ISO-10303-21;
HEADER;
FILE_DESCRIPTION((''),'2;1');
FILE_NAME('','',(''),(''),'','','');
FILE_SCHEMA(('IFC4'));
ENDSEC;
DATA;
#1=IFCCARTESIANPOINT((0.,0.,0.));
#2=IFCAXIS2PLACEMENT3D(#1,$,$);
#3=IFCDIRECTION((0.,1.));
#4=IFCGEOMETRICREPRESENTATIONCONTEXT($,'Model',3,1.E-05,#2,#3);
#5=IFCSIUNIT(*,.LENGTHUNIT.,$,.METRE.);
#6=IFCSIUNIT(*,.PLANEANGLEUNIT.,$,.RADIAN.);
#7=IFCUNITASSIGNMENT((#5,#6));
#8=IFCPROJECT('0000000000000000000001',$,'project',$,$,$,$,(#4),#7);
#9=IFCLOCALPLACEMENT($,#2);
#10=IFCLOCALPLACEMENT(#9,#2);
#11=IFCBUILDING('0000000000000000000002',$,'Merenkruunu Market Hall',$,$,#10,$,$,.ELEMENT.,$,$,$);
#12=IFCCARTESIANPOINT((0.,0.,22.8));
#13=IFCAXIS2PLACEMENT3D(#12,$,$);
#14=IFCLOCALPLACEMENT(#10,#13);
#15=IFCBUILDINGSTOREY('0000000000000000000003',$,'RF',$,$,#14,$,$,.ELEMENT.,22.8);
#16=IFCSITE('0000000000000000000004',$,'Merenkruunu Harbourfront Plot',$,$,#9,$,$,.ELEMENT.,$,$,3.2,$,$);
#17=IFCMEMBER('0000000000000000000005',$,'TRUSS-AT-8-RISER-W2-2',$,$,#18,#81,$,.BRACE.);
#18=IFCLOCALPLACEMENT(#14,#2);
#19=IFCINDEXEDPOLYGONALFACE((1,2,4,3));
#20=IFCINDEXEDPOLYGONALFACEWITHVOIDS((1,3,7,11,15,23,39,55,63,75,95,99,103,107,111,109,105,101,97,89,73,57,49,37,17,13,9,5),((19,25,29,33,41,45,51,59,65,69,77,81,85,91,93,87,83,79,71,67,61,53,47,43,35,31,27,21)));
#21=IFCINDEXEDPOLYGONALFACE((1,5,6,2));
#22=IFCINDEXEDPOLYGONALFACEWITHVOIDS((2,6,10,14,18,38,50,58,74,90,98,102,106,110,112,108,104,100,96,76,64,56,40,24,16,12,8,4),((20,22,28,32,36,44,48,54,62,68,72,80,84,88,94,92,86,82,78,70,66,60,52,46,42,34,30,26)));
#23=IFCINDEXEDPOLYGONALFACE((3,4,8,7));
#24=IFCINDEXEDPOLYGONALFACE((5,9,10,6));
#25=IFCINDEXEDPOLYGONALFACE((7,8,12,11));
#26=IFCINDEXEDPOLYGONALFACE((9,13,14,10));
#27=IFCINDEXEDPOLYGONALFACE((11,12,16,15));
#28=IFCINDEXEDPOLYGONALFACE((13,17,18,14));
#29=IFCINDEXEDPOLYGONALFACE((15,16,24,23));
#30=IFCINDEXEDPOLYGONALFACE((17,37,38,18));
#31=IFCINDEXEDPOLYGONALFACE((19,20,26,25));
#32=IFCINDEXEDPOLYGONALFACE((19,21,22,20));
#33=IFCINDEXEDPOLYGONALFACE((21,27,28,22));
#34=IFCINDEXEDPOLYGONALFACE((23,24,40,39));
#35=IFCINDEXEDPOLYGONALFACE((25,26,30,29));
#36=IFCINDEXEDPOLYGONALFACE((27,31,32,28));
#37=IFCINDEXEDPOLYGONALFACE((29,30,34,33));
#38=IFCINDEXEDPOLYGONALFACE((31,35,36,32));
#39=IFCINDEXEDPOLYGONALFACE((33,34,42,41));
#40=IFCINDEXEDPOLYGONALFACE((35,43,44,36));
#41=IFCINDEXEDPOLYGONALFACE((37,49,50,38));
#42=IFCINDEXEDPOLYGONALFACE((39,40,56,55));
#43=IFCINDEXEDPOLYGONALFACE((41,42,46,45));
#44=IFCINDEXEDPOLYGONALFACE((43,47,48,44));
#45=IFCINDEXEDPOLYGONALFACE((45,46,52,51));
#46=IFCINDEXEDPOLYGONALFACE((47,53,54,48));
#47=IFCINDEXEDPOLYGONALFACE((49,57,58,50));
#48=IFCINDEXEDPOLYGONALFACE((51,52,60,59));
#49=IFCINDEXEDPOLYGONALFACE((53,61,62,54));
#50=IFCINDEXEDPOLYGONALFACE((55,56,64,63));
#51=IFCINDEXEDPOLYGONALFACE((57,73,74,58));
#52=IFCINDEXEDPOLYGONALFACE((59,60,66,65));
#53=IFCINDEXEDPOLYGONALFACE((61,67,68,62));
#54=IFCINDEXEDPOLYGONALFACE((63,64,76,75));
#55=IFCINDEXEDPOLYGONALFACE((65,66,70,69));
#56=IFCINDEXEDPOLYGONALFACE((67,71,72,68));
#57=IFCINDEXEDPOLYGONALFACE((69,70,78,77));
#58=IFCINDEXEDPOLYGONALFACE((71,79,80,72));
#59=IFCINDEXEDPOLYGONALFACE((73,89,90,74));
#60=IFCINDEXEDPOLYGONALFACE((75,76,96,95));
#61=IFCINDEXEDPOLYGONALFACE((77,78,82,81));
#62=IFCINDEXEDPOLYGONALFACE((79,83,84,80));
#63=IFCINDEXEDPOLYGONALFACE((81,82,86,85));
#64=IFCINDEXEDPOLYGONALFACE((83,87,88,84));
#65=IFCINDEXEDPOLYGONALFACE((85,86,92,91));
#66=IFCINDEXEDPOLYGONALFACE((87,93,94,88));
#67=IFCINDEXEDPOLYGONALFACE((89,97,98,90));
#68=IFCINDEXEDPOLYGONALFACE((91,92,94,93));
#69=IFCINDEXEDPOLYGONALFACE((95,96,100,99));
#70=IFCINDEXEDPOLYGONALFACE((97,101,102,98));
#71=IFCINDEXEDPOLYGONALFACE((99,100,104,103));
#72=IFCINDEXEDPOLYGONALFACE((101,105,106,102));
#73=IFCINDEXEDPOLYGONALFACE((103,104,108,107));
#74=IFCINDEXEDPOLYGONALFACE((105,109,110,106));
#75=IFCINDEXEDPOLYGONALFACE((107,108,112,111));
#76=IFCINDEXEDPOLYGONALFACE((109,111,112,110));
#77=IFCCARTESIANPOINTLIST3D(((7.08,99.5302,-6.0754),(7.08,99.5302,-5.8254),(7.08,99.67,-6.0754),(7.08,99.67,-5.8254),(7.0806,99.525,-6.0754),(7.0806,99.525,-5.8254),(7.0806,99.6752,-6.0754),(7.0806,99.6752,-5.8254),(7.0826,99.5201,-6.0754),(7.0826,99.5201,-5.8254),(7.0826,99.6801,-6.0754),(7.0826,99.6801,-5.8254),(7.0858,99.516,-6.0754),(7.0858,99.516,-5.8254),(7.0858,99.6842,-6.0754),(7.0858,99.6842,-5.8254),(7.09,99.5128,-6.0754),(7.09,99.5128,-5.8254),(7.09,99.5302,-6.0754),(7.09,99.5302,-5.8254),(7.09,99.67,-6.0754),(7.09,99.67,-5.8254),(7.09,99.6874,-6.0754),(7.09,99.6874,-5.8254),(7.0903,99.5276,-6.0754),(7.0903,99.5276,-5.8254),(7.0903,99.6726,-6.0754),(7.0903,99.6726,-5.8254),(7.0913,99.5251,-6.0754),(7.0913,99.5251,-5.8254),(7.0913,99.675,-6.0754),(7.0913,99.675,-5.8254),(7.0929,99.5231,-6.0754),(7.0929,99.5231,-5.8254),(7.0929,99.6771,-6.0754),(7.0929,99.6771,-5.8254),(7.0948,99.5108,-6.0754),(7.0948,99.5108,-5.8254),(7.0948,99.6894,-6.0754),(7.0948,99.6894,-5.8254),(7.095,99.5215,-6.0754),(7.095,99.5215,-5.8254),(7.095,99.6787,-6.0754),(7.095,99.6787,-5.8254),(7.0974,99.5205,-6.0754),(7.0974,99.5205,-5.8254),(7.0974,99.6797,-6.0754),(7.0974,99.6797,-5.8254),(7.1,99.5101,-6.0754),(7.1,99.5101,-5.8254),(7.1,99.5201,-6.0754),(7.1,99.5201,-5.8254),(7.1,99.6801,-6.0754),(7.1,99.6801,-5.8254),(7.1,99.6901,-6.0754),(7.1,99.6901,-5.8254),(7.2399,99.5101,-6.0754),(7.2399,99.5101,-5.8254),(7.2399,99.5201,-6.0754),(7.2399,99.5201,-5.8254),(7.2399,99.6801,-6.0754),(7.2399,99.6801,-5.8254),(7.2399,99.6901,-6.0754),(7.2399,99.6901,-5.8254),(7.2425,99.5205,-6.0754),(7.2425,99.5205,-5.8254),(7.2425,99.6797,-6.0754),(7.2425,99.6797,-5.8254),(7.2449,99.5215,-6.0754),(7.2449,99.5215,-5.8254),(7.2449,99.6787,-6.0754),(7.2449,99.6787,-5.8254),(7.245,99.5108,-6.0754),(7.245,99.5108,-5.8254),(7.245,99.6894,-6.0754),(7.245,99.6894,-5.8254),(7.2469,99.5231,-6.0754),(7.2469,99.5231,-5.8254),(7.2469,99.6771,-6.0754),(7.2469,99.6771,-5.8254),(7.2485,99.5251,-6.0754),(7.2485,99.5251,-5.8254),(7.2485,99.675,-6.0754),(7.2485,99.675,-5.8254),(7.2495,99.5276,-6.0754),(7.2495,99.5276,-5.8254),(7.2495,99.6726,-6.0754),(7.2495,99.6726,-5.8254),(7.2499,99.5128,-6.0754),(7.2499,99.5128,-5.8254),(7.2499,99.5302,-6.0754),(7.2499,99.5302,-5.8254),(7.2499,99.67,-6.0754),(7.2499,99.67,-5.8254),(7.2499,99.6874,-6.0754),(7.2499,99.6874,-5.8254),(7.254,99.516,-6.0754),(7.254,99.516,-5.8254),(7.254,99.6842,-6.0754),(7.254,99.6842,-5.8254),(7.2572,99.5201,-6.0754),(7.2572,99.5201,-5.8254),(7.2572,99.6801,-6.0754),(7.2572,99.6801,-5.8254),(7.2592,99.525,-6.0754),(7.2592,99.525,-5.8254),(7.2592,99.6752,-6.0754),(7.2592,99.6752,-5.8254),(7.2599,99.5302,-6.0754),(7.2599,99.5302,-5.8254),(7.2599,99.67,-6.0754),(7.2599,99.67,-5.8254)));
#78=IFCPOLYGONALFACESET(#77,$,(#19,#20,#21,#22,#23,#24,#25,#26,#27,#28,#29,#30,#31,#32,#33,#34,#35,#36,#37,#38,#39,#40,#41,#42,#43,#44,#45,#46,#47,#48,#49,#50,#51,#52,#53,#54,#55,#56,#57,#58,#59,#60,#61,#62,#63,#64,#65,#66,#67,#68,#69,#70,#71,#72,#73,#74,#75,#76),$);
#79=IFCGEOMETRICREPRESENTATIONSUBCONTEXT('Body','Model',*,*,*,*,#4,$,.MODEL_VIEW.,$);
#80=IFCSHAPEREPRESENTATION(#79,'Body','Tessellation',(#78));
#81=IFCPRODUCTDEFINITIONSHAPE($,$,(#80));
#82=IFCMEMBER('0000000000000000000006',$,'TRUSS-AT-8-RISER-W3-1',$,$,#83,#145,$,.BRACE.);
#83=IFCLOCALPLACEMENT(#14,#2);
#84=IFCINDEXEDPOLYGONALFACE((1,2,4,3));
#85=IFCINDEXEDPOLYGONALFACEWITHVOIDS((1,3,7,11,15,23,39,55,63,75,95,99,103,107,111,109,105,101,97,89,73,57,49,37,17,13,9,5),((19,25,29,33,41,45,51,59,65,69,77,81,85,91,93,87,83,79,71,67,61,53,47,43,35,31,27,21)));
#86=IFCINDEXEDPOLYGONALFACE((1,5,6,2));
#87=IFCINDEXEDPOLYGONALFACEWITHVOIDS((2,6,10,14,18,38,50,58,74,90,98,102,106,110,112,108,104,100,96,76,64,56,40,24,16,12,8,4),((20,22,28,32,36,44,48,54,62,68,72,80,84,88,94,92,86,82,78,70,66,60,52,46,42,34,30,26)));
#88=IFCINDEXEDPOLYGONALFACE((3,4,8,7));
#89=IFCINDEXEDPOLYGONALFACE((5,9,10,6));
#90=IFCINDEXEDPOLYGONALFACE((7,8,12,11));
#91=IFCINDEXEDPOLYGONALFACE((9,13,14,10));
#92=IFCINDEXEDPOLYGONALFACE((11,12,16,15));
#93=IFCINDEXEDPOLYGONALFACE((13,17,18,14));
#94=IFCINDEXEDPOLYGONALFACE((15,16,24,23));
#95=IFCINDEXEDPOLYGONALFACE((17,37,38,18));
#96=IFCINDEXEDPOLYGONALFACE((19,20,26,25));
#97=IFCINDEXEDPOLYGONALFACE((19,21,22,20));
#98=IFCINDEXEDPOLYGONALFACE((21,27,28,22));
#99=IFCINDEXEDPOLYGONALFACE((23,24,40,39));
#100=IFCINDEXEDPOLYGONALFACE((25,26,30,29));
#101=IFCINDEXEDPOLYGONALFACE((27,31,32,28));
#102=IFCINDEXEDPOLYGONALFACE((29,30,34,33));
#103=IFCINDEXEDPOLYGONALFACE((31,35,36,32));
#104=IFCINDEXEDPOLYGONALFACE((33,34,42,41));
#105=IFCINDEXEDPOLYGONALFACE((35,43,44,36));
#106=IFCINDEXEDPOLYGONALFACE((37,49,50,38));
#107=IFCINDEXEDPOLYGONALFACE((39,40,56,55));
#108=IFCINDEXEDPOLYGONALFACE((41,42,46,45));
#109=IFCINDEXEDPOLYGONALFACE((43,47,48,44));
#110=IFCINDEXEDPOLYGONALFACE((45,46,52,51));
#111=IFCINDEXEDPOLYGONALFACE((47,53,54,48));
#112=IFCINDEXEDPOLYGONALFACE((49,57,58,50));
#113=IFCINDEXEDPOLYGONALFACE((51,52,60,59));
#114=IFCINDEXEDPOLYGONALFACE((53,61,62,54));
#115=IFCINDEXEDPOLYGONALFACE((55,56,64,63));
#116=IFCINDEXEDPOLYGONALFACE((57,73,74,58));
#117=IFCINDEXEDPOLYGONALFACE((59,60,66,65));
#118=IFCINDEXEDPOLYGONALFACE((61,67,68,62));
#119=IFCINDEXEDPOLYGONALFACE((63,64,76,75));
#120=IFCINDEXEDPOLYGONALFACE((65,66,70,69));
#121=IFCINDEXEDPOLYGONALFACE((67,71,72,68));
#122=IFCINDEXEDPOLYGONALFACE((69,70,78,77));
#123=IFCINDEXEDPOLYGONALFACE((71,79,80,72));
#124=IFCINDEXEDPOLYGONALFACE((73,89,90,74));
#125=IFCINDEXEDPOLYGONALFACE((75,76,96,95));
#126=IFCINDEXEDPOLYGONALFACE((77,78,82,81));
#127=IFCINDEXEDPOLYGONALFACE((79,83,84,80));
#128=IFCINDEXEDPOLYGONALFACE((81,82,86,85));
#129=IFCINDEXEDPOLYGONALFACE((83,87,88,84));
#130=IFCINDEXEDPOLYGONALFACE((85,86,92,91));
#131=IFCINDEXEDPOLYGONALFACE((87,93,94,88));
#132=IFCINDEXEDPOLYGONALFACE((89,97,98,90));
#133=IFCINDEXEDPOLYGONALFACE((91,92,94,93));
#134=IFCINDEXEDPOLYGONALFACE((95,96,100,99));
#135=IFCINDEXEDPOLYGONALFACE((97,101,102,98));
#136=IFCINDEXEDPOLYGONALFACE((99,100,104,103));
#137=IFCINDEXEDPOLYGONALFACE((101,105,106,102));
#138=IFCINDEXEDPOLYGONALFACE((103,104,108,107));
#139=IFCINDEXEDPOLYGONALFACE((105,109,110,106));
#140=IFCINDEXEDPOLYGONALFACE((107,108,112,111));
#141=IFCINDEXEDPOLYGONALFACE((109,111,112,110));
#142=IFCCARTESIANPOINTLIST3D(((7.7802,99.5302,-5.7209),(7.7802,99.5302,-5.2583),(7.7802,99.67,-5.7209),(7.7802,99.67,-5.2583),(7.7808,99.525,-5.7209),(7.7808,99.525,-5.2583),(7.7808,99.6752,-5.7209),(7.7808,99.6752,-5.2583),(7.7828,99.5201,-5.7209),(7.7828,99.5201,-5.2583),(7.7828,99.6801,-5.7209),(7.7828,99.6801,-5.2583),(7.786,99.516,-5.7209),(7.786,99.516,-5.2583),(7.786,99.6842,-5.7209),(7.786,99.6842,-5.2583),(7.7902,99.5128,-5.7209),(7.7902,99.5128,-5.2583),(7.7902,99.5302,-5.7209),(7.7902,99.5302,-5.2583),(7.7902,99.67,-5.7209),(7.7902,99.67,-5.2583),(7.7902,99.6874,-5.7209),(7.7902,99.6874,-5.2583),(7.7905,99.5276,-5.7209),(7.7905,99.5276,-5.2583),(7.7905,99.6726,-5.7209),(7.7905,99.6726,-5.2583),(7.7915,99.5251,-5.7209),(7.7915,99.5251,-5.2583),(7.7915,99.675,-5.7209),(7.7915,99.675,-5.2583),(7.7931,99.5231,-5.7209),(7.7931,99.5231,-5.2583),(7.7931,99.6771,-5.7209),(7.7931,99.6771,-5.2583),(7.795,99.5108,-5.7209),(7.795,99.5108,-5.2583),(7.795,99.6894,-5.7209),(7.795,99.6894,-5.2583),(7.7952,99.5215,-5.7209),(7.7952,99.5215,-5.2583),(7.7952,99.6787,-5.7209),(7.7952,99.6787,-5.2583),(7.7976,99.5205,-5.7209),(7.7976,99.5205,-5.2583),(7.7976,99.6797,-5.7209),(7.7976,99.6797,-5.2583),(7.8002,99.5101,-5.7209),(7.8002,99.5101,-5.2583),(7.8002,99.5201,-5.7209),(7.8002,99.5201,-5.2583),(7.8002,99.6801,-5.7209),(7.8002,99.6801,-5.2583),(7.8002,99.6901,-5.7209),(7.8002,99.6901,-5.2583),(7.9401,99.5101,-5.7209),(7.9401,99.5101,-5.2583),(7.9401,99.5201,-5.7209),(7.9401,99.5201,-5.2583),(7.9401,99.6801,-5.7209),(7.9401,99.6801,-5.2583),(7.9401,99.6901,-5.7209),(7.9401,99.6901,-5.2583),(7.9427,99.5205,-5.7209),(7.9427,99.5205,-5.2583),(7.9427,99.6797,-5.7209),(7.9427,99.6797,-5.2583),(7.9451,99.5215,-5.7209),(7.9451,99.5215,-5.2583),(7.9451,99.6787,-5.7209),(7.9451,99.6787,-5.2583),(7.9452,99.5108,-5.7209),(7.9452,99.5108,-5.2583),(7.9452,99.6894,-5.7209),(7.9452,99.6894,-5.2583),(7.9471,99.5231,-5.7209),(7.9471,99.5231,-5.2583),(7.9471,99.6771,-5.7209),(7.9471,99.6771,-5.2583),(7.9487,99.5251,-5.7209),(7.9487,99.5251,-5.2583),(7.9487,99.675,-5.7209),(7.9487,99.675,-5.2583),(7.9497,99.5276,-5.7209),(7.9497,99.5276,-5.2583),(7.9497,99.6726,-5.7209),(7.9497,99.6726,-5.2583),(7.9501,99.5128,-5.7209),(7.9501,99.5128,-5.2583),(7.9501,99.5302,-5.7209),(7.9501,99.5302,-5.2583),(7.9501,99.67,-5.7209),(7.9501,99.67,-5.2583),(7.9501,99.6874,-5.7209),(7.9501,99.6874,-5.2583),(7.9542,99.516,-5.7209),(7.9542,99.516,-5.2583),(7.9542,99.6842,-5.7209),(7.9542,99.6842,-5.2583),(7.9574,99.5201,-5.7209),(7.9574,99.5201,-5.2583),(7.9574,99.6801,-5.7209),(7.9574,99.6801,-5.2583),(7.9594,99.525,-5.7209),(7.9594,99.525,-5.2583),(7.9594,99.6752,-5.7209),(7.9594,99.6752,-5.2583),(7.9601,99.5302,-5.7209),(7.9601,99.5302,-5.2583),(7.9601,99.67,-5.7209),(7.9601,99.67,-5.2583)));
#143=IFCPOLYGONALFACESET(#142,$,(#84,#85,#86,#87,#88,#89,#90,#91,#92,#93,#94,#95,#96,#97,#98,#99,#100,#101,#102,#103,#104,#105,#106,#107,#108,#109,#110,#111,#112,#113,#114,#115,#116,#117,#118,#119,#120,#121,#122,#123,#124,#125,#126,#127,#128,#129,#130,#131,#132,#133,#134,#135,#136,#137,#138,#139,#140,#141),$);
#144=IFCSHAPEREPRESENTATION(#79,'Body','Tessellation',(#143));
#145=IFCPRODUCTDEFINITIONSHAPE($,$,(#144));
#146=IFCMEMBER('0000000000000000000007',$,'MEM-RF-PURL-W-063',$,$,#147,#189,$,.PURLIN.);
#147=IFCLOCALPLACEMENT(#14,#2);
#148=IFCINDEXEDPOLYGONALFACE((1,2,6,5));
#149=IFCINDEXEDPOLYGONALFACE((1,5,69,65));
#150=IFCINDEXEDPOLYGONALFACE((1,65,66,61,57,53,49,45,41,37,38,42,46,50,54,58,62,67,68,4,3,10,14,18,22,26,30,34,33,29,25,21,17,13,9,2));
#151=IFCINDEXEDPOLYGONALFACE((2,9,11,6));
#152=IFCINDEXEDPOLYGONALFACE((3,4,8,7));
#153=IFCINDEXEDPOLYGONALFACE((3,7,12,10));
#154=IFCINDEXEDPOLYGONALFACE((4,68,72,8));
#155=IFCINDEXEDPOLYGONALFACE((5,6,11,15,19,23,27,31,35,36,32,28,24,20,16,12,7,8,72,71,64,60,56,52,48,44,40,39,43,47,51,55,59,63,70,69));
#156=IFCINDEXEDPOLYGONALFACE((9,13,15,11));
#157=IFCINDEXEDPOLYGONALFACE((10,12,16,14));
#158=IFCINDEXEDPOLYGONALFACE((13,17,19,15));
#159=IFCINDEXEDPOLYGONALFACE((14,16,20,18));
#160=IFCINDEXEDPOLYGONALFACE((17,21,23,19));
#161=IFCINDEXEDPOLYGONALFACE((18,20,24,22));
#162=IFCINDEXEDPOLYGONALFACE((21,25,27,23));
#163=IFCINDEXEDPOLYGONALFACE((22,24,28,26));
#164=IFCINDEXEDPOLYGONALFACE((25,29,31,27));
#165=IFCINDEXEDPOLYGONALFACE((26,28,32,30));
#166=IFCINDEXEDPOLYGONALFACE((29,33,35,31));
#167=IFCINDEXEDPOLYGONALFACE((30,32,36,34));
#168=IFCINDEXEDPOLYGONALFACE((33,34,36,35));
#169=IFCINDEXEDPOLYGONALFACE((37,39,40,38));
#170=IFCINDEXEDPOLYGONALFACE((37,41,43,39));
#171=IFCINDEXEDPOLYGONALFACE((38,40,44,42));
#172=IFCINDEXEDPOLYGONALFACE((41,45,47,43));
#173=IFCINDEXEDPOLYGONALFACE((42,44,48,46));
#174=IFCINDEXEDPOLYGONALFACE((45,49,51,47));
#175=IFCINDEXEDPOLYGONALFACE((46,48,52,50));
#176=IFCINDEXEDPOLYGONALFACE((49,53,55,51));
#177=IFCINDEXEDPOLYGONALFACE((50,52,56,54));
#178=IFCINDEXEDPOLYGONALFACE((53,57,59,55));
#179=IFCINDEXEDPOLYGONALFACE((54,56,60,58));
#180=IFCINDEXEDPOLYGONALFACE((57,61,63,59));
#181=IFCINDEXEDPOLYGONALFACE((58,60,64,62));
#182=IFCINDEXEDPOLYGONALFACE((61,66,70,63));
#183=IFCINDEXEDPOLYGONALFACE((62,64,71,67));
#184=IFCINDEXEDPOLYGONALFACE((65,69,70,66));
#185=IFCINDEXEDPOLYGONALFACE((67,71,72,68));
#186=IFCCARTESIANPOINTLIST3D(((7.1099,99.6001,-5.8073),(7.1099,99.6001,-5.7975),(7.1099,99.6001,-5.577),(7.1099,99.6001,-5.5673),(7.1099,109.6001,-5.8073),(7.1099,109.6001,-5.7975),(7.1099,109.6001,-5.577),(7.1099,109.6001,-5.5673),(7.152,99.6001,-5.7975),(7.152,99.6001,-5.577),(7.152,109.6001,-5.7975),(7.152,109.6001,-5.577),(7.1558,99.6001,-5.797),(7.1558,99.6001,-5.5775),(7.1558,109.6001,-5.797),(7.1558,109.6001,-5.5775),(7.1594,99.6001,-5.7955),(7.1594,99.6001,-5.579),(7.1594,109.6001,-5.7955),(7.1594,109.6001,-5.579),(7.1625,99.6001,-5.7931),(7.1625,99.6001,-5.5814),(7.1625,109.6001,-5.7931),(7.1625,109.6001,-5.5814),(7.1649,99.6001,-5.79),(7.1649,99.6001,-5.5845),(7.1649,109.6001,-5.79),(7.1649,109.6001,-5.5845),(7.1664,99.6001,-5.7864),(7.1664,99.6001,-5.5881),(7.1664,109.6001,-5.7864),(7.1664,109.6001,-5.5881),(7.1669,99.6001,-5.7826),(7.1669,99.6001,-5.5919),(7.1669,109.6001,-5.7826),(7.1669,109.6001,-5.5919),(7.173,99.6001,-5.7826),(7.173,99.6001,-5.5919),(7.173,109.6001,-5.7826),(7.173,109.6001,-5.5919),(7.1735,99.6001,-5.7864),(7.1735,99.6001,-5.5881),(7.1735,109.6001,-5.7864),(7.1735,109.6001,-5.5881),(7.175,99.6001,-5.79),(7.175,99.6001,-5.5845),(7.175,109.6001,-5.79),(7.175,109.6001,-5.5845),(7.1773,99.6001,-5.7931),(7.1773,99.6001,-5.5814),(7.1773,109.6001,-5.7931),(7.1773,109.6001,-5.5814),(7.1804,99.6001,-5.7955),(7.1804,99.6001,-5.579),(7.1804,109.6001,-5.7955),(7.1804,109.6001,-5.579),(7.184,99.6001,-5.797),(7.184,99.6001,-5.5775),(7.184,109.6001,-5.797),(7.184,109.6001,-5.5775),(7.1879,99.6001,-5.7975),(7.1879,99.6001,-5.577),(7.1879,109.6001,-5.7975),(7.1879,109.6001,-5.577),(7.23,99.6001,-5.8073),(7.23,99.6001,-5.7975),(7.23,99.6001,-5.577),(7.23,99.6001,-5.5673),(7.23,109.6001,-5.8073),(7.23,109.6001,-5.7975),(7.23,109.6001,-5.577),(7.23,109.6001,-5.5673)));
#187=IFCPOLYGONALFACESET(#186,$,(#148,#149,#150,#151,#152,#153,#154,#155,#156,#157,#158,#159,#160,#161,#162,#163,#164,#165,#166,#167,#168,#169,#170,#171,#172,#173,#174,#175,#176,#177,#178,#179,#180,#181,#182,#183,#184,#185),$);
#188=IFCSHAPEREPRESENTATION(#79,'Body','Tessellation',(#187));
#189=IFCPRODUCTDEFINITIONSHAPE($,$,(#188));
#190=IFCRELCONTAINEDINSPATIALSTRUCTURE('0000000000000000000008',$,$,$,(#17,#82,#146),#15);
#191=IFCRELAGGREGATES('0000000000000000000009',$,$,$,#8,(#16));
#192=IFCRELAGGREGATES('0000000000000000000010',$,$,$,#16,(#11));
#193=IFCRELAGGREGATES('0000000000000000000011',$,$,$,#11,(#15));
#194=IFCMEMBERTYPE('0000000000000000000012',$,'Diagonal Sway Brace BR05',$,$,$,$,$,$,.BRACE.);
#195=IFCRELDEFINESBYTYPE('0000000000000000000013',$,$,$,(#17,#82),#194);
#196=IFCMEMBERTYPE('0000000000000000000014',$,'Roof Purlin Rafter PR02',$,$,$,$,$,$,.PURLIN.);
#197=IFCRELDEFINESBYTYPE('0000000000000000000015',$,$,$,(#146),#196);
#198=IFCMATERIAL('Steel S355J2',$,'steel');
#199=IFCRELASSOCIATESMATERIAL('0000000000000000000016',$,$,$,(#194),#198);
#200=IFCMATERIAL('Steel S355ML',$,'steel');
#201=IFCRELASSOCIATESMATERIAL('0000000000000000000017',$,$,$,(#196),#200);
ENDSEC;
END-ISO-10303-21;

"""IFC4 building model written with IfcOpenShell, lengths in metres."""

from ifc_helpers import new_model, si_unit, direction, frame, origin, origin_2d, place, context, subcontext, project, spatial, hollow_rectangle, i_section, extrude, material, material_profile, profile_set, type_object, element, save


model = new_model("IFC4")

# Units and contexts
model_context = context("Model", 3, precision=1e-05, world=origin(), true_north=direction((0.0, 1.0)))
body_context = subcontext(model_context, "Body", "Model", "MODEL_VIEW")
ifc_project = project(units=[si_unit("LENGTHUNIT", "METRE"), si_unit("PLANEANGLEUNIT", "RADIAN")], contexts=[model_context])

# Site, building, storey
site_placement = place(None, origin())
site = spatial("IfcSite", under=ifc_project, at=site_placement, Name="Merenkruunu Harbourfront Plot", CompositionType="ELEMENT", RefElevation=3.2)
building_placement = place(site_placement, origin())
building = spatial("IfcBuilding", under=site, at=building_placement, Name="Merenkruunu Market Hall", CompositionType="ELEMENT")
storey_placement = place(building_placement, frame((0.0, 0.0, 22.8)))
storey = spatial("IfcBuildingStorey", under=building, at=storey_placement, Name="RF", CompositionType="ELEMENT", Elevation=22.8)

# Shared definitions
ifc_material_1 = material(Name="Steel S355ML", Category="steel")

# Members
ifc_material_2 = material(Name="Steel S355J2", Category="steel")
ifc_material_profile_1 = material_profile(ifc_material_2, hollow_rectangle(XDim=0.1799, YDim=0.1799, WallThickness=0.01, InnerFilletRadius=0.01, OuterFilletRadius=0.02, at=origin_2d()), Name="SHS 180x180x10")
ifc_profile_set_1 = profile_set([ifc_material_profile_1], Name="Steel S355J2")
member_type_1 = type_object("IfcMemberType", Name="Diagonal Sway Brace BR05", PredefinedType="BRACE", material=ifc_profile_set_1)
member_1_placement = place(storey_placement, frame((7.1699, 99.6001, -6.0754), z_axis=(0.0, 0.0, 1.0), x_axis=(1.0, 0.0, 0.0)))
element("IfcMember", 1, at=member_1_placement, inside=storey, type_object=member_type_1, Name="TRUSS-AT-8-RISER-W2-2", PredefinedType="BRACE", context=body_context, shape_type="SweptSolid", body=[
    extrude(hollow_rectangle(XDim=0.1799, YDim=0.1799, WallThickness=0.01, InnerFilletRadius=0.01, OuterFilletRadius=0.02, at=origin_2d()), origin(), (0.0, 0.0, 1.0), 0.25),
])
member_2_placement = place(storey_placement, frame((7.8701, 99.6001, -5.7209), z_axis=(0.0, 0.0, 1.0), x_axis=(1.0, 0.0, 0.0)))
element("IfcMember", 2, at=member_2_placement, inside=storey, type_object=member_type_1, Name="TRUSS-AT-8-RISER-W3-1", PredefinedType="BRACE", context=body_context, shape_type="SweptSolid", body=[
    extrude(hollow_rectangle(XDim=0.1799, YDim=0.1799, WallThickness=0.01, InnerFilletRadius=0.01, OuterFilletRadius=0.02, at=origin_2d()), origin(), (0.0, 0.0, 1.0), 0.4626),
])
ifc_material_profile_2 = material_profile(ifc_material_1, i_section(OverallWidth=0.1201, OverallDepth=0.24, WebThickness=0.0061, FlangeThickness=0.0098, FilletRadius=0.0149, at=origin_2d()), Name="IPE 240")
ifc_profile_set_2 = profile_set([ifc_material_profile_2], Name="Steel S355ML")
member_type_2 = type_object("IfcMemberType", Name="Roof Purlin Rafter PR02", PredefinedType="PURLIN", material=ifc_profile_set_2)
member_3_placement = place(storey_placement, frame((7.1699, 99.6001, -5.6873), z_axis=(0.0, 1.0, 0.0), x_axis=(-1.0, 0.0, 0.0)))
element("IfcMember", 3, at=member_3_placement, inside=storey, type_object=member_type_2, Name="MEM-RF-PURL-W-063", PredefinedType="PURLIN", context=body_context, shape_type="SweptSolid", body=[
    extrude(i_section(OverallWidth=0.1201, OverallDepth=0.24, WebThickness=0.0061, FlangeThickness=0.0098, FilletRadius=0.0149, at=origin_2d()), origin(), (0.0, 0.0, 1.0), 10.0),
])

save(model, "model.ifc")
